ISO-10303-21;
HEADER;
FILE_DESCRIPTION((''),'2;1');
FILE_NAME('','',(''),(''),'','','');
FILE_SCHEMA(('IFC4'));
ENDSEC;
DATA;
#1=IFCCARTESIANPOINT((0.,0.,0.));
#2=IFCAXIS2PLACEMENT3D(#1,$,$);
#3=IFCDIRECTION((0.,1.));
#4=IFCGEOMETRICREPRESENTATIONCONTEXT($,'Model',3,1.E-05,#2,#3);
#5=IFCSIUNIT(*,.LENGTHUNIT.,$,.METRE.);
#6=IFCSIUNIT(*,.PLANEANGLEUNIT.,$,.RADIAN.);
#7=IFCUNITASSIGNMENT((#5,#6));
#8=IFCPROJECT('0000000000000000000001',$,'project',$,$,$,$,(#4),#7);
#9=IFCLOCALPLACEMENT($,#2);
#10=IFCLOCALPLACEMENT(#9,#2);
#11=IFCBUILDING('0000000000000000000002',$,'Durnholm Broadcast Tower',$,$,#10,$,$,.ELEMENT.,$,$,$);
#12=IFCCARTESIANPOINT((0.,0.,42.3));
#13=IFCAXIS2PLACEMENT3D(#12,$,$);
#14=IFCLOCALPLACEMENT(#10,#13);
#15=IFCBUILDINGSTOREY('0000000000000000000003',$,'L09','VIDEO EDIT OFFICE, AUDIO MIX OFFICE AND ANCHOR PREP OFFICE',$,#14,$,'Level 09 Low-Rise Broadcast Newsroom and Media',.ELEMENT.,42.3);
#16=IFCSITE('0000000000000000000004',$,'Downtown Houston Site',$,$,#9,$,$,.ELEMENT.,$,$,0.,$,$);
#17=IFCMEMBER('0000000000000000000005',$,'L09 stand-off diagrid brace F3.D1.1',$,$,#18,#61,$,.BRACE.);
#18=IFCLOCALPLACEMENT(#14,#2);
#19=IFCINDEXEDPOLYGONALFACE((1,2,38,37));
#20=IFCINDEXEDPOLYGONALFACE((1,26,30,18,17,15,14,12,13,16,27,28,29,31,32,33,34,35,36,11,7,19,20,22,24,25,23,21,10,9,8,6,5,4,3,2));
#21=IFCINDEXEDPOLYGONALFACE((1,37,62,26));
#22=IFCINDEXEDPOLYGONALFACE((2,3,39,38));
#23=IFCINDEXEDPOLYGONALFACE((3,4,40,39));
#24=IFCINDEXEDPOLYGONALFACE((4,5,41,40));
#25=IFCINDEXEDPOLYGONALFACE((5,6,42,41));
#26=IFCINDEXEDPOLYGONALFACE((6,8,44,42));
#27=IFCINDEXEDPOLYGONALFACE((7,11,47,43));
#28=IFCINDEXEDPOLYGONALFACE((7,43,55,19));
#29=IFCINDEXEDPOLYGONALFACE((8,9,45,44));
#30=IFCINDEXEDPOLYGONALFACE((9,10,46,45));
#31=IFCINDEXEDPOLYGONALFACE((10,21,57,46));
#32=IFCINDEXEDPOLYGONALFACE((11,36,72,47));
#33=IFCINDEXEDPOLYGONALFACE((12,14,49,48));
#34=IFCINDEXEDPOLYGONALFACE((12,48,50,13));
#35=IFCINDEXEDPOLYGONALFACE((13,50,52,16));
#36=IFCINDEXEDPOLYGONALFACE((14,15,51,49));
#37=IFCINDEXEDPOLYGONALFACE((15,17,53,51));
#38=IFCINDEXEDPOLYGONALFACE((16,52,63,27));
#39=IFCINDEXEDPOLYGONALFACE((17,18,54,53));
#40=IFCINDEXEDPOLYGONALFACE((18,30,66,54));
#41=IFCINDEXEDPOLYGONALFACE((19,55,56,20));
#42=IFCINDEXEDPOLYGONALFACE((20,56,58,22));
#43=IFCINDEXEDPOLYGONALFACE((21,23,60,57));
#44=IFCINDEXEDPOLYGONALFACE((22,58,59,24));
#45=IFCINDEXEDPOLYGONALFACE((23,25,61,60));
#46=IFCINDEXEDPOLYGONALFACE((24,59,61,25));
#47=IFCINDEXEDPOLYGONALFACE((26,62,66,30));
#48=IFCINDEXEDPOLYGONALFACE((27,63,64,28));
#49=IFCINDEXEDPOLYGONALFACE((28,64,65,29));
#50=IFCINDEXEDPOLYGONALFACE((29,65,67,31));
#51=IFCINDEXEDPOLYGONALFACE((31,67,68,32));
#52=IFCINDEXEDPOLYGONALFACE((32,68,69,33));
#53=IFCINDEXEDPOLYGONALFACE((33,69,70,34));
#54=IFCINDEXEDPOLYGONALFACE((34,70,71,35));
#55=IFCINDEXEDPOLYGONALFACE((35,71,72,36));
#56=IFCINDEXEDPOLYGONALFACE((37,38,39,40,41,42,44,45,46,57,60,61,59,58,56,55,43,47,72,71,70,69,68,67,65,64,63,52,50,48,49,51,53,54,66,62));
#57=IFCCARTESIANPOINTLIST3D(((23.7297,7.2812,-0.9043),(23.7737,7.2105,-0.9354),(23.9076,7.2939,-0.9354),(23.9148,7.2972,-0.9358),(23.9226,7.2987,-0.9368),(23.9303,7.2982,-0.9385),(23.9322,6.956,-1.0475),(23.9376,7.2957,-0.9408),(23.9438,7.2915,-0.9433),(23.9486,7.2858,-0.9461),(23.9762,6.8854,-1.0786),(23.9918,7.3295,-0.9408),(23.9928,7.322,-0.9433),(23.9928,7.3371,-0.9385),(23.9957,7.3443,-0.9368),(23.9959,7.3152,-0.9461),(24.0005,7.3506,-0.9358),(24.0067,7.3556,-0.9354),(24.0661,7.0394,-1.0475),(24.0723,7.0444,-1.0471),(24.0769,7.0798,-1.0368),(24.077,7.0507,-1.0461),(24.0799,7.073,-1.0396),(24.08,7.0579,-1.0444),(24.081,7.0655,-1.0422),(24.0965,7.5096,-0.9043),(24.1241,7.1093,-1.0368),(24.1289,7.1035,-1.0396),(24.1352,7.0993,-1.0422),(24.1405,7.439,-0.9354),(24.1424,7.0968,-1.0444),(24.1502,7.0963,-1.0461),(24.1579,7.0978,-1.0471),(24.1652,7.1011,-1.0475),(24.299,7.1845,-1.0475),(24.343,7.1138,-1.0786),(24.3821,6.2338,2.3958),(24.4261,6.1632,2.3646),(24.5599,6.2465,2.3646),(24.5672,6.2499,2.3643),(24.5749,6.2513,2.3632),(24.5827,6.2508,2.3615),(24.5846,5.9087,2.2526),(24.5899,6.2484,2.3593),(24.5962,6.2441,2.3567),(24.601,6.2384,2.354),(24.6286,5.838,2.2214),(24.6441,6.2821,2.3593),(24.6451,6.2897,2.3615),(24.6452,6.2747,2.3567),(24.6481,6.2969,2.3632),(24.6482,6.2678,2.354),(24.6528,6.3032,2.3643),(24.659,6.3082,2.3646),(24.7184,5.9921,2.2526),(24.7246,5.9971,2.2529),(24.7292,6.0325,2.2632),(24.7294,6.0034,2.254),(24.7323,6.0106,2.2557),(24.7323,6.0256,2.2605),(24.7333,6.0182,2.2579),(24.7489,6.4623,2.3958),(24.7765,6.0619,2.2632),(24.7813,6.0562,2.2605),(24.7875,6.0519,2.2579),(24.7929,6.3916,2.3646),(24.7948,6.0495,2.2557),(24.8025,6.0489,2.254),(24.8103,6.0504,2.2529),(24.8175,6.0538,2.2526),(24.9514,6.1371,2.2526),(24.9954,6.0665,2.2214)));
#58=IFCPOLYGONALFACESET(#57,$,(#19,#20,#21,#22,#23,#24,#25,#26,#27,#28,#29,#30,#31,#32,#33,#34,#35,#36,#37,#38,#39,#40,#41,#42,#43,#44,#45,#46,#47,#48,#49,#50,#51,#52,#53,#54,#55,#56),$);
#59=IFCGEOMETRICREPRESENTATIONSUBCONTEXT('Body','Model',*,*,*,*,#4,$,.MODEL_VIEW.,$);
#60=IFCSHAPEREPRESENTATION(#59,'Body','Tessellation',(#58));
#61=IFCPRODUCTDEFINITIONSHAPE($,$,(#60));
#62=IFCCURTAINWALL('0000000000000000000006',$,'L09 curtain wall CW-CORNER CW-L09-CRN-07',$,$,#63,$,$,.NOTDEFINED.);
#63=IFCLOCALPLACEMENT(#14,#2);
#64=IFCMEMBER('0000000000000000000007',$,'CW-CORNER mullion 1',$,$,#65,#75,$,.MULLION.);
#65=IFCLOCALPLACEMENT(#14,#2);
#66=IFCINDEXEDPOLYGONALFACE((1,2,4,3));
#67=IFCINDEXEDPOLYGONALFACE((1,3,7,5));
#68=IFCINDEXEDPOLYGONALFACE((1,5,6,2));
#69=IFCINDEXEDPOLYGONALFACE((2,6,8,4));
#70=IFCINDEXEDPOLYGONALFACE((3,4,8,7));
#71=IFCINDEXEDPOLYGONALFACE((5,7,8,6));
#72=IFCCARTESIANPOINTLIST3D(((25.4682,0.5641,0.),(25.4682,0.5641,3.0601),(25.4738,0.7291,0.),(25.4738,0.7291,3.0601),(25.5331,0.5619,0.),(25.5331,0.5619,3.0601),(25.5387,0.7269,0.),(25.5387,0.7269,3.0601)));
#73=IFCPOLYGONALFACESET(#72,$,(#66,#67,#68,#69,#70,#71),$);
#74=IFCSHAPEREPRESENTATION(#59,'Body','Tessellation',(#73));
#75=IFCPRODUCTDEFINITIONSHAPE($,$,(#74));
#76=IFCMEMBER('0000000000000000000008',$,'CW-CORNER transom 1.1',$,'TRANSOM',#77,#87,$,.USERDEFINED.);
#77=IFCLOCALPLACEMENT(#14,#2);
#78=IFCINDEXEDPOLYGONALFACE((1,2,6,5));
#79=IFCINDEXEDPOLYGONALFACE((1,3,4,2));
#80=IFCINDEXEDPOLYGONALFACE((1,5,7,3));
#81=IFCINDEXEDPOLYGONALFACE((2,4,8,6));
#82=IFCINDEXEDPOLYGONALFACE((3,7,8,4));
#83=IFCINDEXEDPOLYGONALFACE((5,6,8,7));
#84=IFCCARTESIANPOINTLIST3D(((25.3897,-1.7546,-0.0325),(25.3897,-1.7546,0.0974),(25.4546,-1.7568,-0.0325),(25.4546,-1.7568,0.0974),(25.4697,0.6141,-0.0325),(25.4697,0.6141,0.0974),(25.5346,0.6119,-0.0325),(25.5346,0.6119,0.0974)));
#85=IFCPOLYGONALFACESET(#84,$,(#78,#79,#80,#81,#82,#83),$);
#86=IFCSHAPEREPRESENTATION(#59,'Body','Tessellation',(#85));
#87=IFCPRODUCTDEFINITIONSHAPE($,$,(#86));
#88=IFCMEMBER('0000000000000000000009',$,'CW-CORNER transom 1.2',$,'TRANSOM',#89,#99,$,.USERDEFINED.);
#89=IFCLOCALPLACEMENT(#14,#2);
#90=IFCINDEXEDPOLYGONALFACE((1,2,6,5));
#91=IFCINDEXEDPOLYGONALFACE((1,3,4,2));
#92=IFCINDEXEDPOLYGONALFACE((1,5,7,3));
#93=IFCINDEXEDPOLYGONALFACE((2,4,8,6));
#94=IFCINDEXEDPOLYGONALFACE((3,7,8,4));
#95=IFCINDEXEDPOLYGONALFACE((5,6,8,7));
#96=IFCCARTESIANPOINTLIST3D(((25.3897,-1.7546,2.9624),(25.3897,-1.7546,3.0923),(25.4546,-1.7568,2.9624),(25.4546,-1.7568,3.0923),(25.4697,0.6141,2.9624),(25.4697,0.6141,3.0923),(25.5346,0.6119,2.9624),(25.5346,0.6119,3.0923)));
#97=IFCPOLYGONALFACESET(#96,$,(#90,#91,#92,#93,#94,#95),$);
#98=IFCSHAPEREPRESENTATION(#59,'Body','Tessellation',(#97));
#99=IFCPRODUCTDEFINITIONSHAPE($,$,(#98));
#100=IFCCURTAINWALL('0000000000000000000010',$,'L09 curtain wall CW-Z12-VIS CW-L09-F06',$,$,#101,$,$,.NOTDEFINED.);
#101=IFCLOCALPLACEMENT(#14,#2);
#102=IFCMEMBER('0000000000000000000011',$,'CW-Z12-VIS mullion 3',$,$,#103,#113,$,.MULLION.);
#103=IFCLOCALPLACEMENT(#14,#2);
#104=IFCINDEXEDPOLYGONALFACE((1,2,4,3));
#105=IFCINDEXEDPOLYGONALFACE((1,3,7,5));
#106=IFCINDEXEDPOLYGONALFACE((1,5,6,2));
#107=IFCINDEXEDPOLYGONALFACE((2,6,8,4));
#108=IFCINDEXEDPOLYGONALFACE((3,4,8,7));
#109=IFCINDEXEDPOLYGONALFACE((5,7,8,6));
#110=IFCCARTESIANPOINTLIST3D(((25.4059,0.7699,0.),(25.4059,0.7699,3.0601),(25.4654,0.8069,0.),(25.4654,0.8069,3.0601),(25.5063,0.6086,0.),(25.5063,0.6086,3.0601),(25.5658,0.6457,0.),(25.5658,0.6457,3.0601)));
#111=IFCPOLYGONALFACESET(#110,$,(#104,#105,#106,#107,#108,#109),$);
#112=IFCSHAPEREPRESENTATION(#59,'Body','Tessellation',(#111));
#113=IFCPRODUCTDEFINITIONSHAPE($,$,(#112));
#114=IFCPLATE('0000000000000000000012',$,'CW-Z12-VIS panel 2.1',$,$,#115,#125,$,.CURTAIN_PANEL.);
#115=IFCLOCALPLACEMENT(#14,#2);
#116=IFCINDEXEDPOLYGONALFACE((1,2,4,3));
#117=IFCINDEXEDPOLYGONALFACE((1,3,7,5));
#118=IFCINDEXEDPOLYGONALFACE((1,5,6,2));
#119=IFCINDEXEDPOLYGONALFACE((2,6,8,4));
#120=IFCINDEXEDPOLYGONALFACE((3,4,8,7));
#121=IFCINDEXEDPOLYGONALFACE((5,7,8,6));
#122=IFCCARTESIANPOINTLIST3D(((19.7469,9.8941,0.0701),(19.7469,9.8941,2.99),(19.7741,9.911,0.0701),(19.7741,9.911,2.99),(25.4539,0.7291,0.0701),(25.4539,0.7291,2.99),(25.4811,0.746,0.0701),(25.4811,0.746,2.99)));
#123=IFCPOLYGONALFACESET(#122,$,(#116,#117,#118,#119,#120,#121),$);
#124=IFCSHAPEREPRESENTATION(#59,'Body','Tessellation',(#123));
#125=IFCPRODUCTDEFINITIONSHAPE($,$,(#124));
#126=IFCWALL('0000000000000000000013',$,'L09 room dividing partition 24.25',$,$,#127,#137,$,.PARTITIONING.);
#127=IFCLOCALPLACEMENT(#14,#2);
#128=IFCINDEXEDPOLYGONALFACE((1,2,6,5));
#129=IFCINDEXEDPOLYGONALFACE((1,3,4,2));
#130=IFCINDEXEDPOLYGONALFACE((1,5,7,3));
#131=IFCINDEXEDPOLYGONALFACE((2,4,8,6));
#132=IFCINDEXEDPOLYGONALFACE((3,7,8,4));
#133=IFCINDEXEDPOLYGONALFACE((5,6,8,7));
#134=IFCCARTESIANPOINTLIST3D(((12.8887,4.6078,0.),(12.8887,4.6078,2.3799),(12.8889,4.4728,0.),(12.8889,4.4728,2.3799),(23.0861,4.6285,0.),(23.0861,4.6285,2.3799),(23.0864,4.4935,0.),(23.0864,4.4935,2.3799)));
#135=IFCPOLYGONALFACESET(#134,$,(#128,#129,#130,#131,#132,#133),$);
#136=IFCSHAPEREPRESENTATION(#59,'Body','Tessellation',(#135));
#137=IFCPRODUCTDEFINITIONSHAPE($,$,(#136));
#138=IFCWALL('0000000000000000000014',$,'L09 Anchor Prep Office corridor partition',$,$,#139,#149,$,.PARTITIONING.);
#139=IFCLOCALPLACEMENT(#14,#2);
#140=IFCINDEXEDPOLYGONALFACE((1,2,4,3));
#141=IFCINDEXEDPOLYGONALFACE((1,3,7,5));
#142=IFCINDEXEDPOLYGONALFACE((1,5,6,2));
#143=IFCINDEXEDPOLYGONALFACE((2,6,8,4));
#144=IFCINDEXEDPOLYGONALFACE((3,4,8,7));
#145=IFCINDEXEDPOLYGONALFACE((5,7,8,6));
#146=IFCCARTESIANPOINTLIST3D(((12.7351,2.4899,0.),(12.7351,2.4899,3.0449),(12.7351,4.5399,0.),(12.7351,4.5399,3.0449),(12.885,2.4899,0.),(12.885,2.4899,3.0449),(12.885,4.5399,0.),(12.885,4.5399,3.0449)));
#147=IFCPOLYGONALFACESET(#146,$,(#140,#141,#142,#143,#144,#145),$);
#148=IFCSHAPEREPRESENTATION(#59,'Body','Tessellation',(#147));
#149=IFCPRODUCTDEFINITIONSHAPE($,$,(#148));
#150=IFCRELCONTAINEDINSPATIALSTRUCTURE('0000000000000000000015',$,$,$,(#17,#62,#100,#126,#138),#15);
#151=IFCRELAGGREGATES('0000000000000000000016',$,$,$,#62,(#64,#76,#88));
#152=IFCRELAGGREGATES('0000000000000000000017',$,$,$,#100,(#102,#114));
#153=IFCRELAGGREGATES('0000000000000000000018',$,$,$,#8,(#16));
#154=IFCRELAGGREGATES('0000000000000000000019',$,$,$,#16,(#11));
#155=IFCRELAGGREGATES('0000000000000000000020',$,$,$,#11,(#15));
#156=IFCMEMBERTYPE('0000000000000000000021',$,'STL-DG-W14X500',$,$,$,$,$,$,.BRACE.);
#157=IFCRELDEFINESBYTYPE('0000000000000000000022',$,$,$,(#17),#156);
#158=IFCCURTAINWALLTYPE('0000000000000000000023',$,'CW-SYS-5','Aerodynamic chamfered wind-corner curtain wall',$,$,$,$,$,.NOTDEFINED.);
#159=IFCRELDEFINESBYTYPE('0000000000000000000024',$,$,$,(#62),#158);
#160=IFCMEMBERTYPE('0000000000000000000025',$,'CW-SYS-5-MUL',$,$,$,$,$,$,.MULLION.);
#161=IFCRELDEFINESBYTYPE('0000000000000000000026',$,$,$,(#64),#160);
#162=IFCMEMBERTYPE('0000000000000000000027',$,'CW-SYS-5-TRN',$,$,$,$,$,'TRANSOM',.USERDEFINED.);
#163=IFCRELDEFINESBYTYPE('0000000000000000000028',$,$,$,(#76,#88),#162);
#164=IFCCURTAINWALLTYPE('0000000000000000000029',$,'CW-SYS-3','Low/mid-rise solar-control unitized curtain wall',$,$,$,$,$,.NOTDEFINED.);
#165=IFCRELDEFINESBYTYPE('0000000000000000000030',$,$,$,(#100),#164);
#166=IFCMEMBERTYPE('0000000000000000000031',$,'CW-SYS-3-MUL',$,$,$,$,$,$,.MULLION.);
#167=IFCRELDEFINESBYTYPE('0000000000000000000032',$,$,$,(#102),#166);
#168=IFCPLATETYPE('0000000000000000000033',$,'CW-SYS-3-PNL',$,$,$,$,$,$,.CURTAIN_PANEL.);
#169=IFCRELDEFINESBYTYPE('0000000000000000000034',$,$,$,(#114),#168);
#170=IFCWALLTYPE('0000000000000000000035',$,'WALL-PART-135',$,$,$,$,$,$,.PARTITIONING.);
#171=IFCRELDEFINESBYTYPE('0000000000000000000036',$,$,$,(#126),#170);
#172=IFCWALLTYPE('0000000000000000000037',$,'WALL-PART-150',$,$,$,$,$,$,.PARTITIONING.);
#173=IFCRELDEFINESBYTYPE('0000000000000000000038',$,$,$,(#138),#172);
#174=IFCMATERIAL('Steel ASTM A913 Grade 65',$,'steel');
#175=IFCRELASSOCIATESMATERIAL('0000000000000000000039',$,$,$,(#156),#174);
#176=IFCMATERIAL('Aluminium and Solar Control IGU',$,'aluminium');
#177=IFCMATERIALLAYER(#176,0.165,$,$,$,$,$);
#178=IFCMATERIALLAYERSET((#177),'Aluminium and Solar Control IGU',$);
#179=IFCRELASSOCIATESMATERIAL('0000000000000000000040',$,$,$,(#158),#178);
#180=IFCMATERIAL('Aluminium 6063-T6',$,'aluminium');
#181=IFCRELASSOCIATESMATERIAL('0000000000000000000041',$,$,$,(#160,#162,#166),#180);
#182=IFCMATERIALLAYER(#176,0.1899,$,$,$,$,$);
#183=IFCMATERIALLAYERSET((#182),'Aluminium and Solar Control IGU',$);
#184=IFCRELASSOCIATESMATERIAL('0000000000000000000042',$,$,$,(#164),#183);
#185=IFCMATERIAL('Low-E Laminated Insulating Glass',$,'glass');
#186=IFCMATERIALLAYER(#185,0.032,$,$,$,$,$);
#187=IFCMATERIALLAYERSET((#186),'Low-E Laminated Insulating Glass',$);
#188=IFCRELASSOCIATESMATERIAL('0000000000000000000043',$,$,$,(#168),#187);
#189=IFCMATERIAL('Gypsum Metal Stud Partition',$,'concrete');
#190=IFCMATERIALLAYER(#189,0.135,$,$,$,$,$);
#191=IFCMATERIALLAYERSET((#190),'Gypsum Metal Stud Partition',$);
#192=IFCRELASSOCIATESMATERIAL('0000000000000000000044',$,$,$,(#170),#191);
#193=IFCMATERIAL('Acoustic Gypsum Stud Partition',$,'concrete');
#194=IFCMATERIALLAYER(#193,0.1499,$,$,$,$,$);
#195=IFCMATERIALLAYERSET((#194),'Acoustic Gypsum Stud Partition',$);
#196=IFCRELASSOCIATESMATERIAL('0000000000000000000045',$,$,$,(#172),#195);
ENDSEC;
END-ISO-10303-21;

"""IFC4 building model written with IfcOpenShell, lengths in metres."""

from ifc_helpers import new_model, si_unit, direction, frame, frame_2d, origin, origin_2d, place, context, subcontext, project, spatial, rectangle, i_section, extrude, source, transform, mapped, material, layer, layer_set, material_profile, profile_set, type_object, type_shapes, element, aggregate, save


model = new_model("IFC4")

# Units and contexts
model_context = context("Model", 3, precision=1e-05, world=origin(), true_north=direction((0.0, 1.0)))
body_context = subcontext(model_context, "Body", "Model", "MODEL_VIEW")
ifc_project = project(units=[si_unit("LENGTHUNIT", "METRE"), si_unit("PLANEANGLEUNIT", "RADIAN")], contexts=[model_context])

# Site, building, storey
site_placement = place(None, origin())
site = spatial("IfcSite", under=ifc_project, at=site_placement, Name="Downtown Houston Site", CompositionType="ELEMENT", RefElevation=0.0)
building_placement = place(site_placement, origin())
building = spatial("IfcBuilding", under=site, at=building_placement, Name="Durnholm Broadcast Tower", CompositionType="ELEMENT")
storey_placement = place(building_placement, frame((0.0, 0.0, 42.3)))
storey = spatial("IfcBuildingStorey", under=building, at=storey_placement, Name="L09", Description="VIDEO EDIT OFFICE, AUDIO MIX OFFICE AND ANCHOR PREP OFFICE", LongName="Level 09 Low-Rise Broadcast Newsroom and Media", CompositionType="ELEMENT", Elevation=42.3)

# Member
ifc_material_1 = material(Name="Steel ASTM A913 Grade 65", Category="steel")
ifc_material_profile_1 = material_profile(ifc_material_1, i_section(OverallWidth=0.4321, OverallDepth=0.4978, WebThickness=0.0557, FlangeThickness=0.0889, FilletRadius=0.0305, at=origin_2d()), Name="W14X500")
ifc_profile_set_1 = profile_set([ifc_material_profile_1], Name="Steel ASTM A913 Grade 65")
member_type_1 = type_object("IfcMemberType", Name="STL-DG-W14X500", PredefinedType="BRACE", material=ifc_profile_set_1)
shared_shape_1 = source(origin(), body_context, "Body", "SweptSolid", [
    extrude(i_section(OverallWidth=0.4321, OverallDepth=0.4978, WebThickness=0.0557, FlangeThickness=0.0889, FilletRadius=0.0305, at=origin_2d()), origin(), (0.0, 0.0, 1.0), 3.5232),
])
type_shapes(member_type_1, [shared_shape_1])
member_1_placement = place(storey_placement, frame((24.0364, 7.1975, -0.9915), z_axis=(0.185157, -0.297277, 0.936666), x_axis=(0.84882, 0.528682, 0.0)))
element("IfcMember", 1, at=member_1_placement, inside=storey, type_object=member_type_1, Name="L09 stand-off diagrid brace F3.D1.1", PredefinedType="BRACE", context=body_context, shape_type="MappedRepresentation", body=[
    mapped(shared_shape_1, transform((0.0, 0.0, 0.0), x_axis=(1.0, 0.0, 0.0), y_axis=(0.0, 1.0, 0.0), z_axis=(0.0, 0.0, 1.0), scale=1.0)),
])

# Curtain wall, members
ifc_material_2 = material(Name="Aluminium and Solar Control IGU", Category="aluminium")
ifc_layer_1 = layer(ifc_material_2, 0.165)
ifc_layer_set_1 = layer_set([ifc_layer_1], Name="Aluminium and Solar Control IGU")
curtain_wall_type_1 = type_object("IfcCurtainWallType", Name="CW-SYS-5", Description="Aerodynamic chamfered wind-corner curtain wall", PredefinedType="NOTDEFINED", material=ifc_layer_set_1)
curtain_wall_1_placement = place(storey_placement, origin())
curtain_wall_1 = element("IfcCurtainWall", 2, at=curtain_wall_1_placement, inside=storey, type_object=curtain_wall_type_1, Name="L09 curtain wall CW-CORNER CW-L09-CRN-07", PredefinedType="NOTDEFINED")
ifc_material_3 = material(Name="Aluminium 6063-T6", Category="aluminium")
ifc_material_profile_2 = material_profile(ifc_material_3, rectangle(XDim=0.0649, YDim=0.165, at=origin_2d()), Name="CWM65X165")
ifc_profile_set_2 = profile_set([ifc_material_profile_2], Name="Aluminium 6063-T6")
member_type_2 = type_object("IfcMemberType", Name="CW-SYS-5-MUL", PredefinedType="MULLION", material=ifc_profile_set_2)
shared_shape_2 = source(origin(), body_context, "Body", "SweptSolid", [
    extrude(rectangle(XDim=0.0649, YDim=0.165, at=origin_2d()), origin(), (0.0, 0.0, 1.0), 3.0601),
])
type_shapes(member_type_2, [shared_shape_2])
member_2_placement = place(storey_placement, frame((25.5034, 0.6455, 0.0), z_axis=(0.0, 0.0, 1.0), x_axis=(0.999427, -0.03384, 0.0)))
member_2 = element("IfcMember", 3, at=member_2_placement, type_object=member_type_2, Name="CW-CORNER mullion 1", PredefinedType="MULLION", context=body_context, shape_type="MappedRepresentation", body=[
    mapped(shared_shape_2, transform((0.0, 0.0, 0.0), x_axis=(1.0, 0.0, 0.0), y_axis=(0.0, 1.0, 0.0), z_axis=(0.0, 0.0, 1.0), scale=1.0)),
])
ifc_material_profile_3 = material_profile(ifc_material_3, rectangle(XDim=0.0649, YDim=0.1299, at=origin_2d()), Name="CWT65X130")
ifc_profile_set_3 = profile_set([ifc_material_profile_3], Name="Aluminium 6063-T6")
member_type_3 = type_object("IfcMemberType", Name="CW-SYS-5-TRN", ElementType="TRANSOM", PredefinedType="USERDEFINED", material=ifc_profile_set_3)
shared_shape_3 = source(origin(), body_context, "Body", "SweptSolid", [
    extrude(rectangle(XDim=0.0649, YDim=0.1299, at=origin_2d()), origin(), (0.0, 0.0, 1.0), 2.3701),
])
type_shapes(member_type_3, [shared_shape_3])
member_3_placement = place(storey_placement, frame((25.5022, 0.613, 0.0325), z_axis=(-0.033788, -0.999429, 0.0), x_axis=(0.999429, -0.033788, 0.0)))
member_3 = element("IfcMember", 4, at=member_3_placement, type_object=member_type_3, Name="CW-CORNER transom 1.1", ObjectType="TRANSOM", PredefinedType="USERDEFINED", context=body_context, shape_type="MappedRepresentation", body=[
    mapped(shared_shape_3, transform((0.0, 0.0, 0.0), x_axis=(1.0, 0.0, 0.0), y_axis=(0.0, 1.0, 0.0), z_axis=(0.0, 0.0, 1.0), scale=1.0)),
])
member_4_placement = place(storey_placement, frame((25.5022, 0.613, 3.0273), z_axis=(-0.033788, -0.999429, 0.0), x_axis=(0.999429, -0.033788, 0.0)))
member_4 = element("IfcMember", 5, at=member_4_placement, type_object=member_type_3, Name="CW-CORNER transom 1.2", ObjectType="TRANSOM", PredefinedType="USERDEFINED", context=body_context, shape_type="MappedRepresentation", body=[
    mapped(shared_shape_3, transform((0.0, 0.0, 0.0), x_axis=(1.0, 0.0, 0.0), y_axis=(0.0, 1.0, 0.0), z_axis=(0.0, 0.0, 1.0), scale=1.0)),
])
aggregate(curtain_wall_1, [member_2, member_3, member_4])

# Curtain wall, member, plate
ifc_layer_2 = layer(ifc_material_2, 0.1899)
ifc_layer_set_2 = layer_set([ifc_layer_2], Name="Aluminium and Solar Control IGU")
curtain_wall_type_2 = type_object("IfcCurtainWallType", Name="CW-SYS-3", Description="Low/mid-rise solar-control unitized curtain wall", PredefinedType="NOTDEFINED", material=ifc_layer_set_2)
curtain_wall_2_placement = place(storey_placement, origin())
curtain_wall_2 = element("IfcCurtainWall", 6, at=curtain_wall_2_placement, inside=storey, type_object=curtain_wall_type_2, Name="L09 curtain wall CW-Z12-VIS CW-L09-F06", PredefinedType="NOTDEFINED")
ifc_material_profile_4 = material_profile(ifc_material_3, rectangle(XDim=0.0701, YDim=0.1899, at=origin_2d()), Name="CWM70X190")
ifc_profile_set_4 = profile_set([ifc_material_profile_4], Name="Aluminium 6063-T6")
member_type_4 = type_object("IfcMemberType", Name="CW-SYS-3-MUL", PredefinedType="MULLION", material=ifc_profile_set_4)
shared_shape_4 = source(origin(), body_context, "Body", "SweptSolid", [
    extrude(rectangle(XDim=0.0701, YDim=0.1899, at=origin_2d()), origin(), (0.0, 0.0, 1.0), 3.0601),
])
type_shapes(member_type_4, [shared_shape_4])
member_5_placement = place(storey_placement, frame((25.4858, 0.7078, 0.0), z_axis=(0.0, 0.0, 1.0), x_axis=(0.848876, 0.528592, 0.0)))
member_5 = element("IfcMember", 7, at=member_5_placement, type_object=member_type_4, Name="CW-Z12-VIS mullion 3", PredefinedType="MULLION", context=body_context, shape_type="MappedRepresentation", body=[
    mapped(shared_shape_4, transform((0.0, 0.0, 0.0), x_axis=(1.0, 0.0, 0.0), y_axis=(0.0, 1.0, 0.0), z_axis=(0.0, 0.0, 1.0), scale=1.0)),
])
ifc_material_4 = material(Name="Low-E Laminated Insulating Glass", Category="glass")
ifc_layer_3 = layer(ifc_material_4, 0.032)
ifc_layer_set_3 = layer_set([ifc_layer_3], Name="Low-E Laminated Insulating Glass")
plate_type = type_object("IfcPlateType", Name="CW-SYS-3-PNL", PredefinedType="CURTAIN_PANEL", material=ifc_layer_set_3)
shared_shape_5 = source(origin(), body_context, "Body", "SweptSolid", [
    extrude(rectangle(XDim=10.7966, YDim=0.032, at=origin_2d()), origin(), (0.0, 0.0, 1.0), 2.9199),
])
type_shapes(plate_type, [shared_shape_5])
plate_placement = place(storey_placement, frame((22.614, 5.3201, 0.0701), z_axis=(0.0, 0.0, 1.0), x_axis=(0.528592, -0.848876, 0.0)))
plate = element("IfcPlate", 8, at=plate_placement, type_object=plate_type, Name="CW-Z12-VIS panel 2.1", PredefinedType="CURTAIN_PANEL", context=body_context, shape_type="MappedRepresentation", body=[
    mapped(shared_shape_5, transform((0.0, 0.0, 0.0), x_axis=(1.0, 0.0, 0.0), y_axis=(0.0, 1.0, 0.0), z_axis=(0.0, 0.0, 1.0), scale=1.0)),
])
aggregate(curtain_wall_2, [member_5, plate])

# Walls
ifc_material_5 = material(Name="Gypsum Metal Stud Partition", Category="concrete")
ifc_layer_4 = layer(ifc_material_5, 0.135)
ifc_layer_set_4 = layer_set([ifc_layer_4], Name="Gypsum Metal Stud Partition")
wall_type_1 = type_object("IfcWallType", Name="WALL-PART-135", PredefinedType="PARTITIONING", material=ifc_layer_set_4)
wall_1_placement = place(storey_placement, frame((12.8889, 4.5403, 0.0), z_axis=(0.0, 0.0, 1.0), x_axis=(0.999998, 0.002035, 0.0)))
element("IfcWall", 9, at=wall_1_placement, inside=storey, type_object=wall_type_1, Name="L09 room dividing partition 24.25", PredefinedType="PARTITIONING", context=body_context, shape_type="SweptSolid", body=[
    extrude(rectangle(XDim=10.1975, YDim=0.135, at=frame_2d((5.0986, 0.0))), origin(), (0.0, 0.0, 1.0), 2.3799),
])
ifc_material_6 = material(Name="Acoustic Gypsum Stud Partition", Category="concrete")
ifc_layer_5 = layer(ifc_material_6, 0.1499)
ifc_layer_set_5 = layer_set([ifc_layer_5], Name="Acoustic Gypsum Stud Partition")
wall_type_2 = type_object("IfcWallType", Name="WALL-PART-150", PredefinedType="PARTITIONING", material=ifc_layer_set_5)
wall_2_placement = place(storey_placement, frame((12.8101, 2.49, 0.0), z_axis=(0.0, 0.0, 1.0), x_axis=(0.0, 1.0, 0.0)))
element("IfcWall", 10, at=wall_2_placement, inside=storey, type_object=wall_type_2, Name="L09 Anchor Prep Office corridor partition", PredefinedType="PARTITIONING", context=body_context, shape_type="SweptSolid", body=[
    extrude(rectangle(XDim=2.05, YDim=0.1499, at=frame_2d((1.0249, 0.0))), origin(), (0.0, 0.0, 1.0), 3.0449),
])

save(model, "model.ifc")
